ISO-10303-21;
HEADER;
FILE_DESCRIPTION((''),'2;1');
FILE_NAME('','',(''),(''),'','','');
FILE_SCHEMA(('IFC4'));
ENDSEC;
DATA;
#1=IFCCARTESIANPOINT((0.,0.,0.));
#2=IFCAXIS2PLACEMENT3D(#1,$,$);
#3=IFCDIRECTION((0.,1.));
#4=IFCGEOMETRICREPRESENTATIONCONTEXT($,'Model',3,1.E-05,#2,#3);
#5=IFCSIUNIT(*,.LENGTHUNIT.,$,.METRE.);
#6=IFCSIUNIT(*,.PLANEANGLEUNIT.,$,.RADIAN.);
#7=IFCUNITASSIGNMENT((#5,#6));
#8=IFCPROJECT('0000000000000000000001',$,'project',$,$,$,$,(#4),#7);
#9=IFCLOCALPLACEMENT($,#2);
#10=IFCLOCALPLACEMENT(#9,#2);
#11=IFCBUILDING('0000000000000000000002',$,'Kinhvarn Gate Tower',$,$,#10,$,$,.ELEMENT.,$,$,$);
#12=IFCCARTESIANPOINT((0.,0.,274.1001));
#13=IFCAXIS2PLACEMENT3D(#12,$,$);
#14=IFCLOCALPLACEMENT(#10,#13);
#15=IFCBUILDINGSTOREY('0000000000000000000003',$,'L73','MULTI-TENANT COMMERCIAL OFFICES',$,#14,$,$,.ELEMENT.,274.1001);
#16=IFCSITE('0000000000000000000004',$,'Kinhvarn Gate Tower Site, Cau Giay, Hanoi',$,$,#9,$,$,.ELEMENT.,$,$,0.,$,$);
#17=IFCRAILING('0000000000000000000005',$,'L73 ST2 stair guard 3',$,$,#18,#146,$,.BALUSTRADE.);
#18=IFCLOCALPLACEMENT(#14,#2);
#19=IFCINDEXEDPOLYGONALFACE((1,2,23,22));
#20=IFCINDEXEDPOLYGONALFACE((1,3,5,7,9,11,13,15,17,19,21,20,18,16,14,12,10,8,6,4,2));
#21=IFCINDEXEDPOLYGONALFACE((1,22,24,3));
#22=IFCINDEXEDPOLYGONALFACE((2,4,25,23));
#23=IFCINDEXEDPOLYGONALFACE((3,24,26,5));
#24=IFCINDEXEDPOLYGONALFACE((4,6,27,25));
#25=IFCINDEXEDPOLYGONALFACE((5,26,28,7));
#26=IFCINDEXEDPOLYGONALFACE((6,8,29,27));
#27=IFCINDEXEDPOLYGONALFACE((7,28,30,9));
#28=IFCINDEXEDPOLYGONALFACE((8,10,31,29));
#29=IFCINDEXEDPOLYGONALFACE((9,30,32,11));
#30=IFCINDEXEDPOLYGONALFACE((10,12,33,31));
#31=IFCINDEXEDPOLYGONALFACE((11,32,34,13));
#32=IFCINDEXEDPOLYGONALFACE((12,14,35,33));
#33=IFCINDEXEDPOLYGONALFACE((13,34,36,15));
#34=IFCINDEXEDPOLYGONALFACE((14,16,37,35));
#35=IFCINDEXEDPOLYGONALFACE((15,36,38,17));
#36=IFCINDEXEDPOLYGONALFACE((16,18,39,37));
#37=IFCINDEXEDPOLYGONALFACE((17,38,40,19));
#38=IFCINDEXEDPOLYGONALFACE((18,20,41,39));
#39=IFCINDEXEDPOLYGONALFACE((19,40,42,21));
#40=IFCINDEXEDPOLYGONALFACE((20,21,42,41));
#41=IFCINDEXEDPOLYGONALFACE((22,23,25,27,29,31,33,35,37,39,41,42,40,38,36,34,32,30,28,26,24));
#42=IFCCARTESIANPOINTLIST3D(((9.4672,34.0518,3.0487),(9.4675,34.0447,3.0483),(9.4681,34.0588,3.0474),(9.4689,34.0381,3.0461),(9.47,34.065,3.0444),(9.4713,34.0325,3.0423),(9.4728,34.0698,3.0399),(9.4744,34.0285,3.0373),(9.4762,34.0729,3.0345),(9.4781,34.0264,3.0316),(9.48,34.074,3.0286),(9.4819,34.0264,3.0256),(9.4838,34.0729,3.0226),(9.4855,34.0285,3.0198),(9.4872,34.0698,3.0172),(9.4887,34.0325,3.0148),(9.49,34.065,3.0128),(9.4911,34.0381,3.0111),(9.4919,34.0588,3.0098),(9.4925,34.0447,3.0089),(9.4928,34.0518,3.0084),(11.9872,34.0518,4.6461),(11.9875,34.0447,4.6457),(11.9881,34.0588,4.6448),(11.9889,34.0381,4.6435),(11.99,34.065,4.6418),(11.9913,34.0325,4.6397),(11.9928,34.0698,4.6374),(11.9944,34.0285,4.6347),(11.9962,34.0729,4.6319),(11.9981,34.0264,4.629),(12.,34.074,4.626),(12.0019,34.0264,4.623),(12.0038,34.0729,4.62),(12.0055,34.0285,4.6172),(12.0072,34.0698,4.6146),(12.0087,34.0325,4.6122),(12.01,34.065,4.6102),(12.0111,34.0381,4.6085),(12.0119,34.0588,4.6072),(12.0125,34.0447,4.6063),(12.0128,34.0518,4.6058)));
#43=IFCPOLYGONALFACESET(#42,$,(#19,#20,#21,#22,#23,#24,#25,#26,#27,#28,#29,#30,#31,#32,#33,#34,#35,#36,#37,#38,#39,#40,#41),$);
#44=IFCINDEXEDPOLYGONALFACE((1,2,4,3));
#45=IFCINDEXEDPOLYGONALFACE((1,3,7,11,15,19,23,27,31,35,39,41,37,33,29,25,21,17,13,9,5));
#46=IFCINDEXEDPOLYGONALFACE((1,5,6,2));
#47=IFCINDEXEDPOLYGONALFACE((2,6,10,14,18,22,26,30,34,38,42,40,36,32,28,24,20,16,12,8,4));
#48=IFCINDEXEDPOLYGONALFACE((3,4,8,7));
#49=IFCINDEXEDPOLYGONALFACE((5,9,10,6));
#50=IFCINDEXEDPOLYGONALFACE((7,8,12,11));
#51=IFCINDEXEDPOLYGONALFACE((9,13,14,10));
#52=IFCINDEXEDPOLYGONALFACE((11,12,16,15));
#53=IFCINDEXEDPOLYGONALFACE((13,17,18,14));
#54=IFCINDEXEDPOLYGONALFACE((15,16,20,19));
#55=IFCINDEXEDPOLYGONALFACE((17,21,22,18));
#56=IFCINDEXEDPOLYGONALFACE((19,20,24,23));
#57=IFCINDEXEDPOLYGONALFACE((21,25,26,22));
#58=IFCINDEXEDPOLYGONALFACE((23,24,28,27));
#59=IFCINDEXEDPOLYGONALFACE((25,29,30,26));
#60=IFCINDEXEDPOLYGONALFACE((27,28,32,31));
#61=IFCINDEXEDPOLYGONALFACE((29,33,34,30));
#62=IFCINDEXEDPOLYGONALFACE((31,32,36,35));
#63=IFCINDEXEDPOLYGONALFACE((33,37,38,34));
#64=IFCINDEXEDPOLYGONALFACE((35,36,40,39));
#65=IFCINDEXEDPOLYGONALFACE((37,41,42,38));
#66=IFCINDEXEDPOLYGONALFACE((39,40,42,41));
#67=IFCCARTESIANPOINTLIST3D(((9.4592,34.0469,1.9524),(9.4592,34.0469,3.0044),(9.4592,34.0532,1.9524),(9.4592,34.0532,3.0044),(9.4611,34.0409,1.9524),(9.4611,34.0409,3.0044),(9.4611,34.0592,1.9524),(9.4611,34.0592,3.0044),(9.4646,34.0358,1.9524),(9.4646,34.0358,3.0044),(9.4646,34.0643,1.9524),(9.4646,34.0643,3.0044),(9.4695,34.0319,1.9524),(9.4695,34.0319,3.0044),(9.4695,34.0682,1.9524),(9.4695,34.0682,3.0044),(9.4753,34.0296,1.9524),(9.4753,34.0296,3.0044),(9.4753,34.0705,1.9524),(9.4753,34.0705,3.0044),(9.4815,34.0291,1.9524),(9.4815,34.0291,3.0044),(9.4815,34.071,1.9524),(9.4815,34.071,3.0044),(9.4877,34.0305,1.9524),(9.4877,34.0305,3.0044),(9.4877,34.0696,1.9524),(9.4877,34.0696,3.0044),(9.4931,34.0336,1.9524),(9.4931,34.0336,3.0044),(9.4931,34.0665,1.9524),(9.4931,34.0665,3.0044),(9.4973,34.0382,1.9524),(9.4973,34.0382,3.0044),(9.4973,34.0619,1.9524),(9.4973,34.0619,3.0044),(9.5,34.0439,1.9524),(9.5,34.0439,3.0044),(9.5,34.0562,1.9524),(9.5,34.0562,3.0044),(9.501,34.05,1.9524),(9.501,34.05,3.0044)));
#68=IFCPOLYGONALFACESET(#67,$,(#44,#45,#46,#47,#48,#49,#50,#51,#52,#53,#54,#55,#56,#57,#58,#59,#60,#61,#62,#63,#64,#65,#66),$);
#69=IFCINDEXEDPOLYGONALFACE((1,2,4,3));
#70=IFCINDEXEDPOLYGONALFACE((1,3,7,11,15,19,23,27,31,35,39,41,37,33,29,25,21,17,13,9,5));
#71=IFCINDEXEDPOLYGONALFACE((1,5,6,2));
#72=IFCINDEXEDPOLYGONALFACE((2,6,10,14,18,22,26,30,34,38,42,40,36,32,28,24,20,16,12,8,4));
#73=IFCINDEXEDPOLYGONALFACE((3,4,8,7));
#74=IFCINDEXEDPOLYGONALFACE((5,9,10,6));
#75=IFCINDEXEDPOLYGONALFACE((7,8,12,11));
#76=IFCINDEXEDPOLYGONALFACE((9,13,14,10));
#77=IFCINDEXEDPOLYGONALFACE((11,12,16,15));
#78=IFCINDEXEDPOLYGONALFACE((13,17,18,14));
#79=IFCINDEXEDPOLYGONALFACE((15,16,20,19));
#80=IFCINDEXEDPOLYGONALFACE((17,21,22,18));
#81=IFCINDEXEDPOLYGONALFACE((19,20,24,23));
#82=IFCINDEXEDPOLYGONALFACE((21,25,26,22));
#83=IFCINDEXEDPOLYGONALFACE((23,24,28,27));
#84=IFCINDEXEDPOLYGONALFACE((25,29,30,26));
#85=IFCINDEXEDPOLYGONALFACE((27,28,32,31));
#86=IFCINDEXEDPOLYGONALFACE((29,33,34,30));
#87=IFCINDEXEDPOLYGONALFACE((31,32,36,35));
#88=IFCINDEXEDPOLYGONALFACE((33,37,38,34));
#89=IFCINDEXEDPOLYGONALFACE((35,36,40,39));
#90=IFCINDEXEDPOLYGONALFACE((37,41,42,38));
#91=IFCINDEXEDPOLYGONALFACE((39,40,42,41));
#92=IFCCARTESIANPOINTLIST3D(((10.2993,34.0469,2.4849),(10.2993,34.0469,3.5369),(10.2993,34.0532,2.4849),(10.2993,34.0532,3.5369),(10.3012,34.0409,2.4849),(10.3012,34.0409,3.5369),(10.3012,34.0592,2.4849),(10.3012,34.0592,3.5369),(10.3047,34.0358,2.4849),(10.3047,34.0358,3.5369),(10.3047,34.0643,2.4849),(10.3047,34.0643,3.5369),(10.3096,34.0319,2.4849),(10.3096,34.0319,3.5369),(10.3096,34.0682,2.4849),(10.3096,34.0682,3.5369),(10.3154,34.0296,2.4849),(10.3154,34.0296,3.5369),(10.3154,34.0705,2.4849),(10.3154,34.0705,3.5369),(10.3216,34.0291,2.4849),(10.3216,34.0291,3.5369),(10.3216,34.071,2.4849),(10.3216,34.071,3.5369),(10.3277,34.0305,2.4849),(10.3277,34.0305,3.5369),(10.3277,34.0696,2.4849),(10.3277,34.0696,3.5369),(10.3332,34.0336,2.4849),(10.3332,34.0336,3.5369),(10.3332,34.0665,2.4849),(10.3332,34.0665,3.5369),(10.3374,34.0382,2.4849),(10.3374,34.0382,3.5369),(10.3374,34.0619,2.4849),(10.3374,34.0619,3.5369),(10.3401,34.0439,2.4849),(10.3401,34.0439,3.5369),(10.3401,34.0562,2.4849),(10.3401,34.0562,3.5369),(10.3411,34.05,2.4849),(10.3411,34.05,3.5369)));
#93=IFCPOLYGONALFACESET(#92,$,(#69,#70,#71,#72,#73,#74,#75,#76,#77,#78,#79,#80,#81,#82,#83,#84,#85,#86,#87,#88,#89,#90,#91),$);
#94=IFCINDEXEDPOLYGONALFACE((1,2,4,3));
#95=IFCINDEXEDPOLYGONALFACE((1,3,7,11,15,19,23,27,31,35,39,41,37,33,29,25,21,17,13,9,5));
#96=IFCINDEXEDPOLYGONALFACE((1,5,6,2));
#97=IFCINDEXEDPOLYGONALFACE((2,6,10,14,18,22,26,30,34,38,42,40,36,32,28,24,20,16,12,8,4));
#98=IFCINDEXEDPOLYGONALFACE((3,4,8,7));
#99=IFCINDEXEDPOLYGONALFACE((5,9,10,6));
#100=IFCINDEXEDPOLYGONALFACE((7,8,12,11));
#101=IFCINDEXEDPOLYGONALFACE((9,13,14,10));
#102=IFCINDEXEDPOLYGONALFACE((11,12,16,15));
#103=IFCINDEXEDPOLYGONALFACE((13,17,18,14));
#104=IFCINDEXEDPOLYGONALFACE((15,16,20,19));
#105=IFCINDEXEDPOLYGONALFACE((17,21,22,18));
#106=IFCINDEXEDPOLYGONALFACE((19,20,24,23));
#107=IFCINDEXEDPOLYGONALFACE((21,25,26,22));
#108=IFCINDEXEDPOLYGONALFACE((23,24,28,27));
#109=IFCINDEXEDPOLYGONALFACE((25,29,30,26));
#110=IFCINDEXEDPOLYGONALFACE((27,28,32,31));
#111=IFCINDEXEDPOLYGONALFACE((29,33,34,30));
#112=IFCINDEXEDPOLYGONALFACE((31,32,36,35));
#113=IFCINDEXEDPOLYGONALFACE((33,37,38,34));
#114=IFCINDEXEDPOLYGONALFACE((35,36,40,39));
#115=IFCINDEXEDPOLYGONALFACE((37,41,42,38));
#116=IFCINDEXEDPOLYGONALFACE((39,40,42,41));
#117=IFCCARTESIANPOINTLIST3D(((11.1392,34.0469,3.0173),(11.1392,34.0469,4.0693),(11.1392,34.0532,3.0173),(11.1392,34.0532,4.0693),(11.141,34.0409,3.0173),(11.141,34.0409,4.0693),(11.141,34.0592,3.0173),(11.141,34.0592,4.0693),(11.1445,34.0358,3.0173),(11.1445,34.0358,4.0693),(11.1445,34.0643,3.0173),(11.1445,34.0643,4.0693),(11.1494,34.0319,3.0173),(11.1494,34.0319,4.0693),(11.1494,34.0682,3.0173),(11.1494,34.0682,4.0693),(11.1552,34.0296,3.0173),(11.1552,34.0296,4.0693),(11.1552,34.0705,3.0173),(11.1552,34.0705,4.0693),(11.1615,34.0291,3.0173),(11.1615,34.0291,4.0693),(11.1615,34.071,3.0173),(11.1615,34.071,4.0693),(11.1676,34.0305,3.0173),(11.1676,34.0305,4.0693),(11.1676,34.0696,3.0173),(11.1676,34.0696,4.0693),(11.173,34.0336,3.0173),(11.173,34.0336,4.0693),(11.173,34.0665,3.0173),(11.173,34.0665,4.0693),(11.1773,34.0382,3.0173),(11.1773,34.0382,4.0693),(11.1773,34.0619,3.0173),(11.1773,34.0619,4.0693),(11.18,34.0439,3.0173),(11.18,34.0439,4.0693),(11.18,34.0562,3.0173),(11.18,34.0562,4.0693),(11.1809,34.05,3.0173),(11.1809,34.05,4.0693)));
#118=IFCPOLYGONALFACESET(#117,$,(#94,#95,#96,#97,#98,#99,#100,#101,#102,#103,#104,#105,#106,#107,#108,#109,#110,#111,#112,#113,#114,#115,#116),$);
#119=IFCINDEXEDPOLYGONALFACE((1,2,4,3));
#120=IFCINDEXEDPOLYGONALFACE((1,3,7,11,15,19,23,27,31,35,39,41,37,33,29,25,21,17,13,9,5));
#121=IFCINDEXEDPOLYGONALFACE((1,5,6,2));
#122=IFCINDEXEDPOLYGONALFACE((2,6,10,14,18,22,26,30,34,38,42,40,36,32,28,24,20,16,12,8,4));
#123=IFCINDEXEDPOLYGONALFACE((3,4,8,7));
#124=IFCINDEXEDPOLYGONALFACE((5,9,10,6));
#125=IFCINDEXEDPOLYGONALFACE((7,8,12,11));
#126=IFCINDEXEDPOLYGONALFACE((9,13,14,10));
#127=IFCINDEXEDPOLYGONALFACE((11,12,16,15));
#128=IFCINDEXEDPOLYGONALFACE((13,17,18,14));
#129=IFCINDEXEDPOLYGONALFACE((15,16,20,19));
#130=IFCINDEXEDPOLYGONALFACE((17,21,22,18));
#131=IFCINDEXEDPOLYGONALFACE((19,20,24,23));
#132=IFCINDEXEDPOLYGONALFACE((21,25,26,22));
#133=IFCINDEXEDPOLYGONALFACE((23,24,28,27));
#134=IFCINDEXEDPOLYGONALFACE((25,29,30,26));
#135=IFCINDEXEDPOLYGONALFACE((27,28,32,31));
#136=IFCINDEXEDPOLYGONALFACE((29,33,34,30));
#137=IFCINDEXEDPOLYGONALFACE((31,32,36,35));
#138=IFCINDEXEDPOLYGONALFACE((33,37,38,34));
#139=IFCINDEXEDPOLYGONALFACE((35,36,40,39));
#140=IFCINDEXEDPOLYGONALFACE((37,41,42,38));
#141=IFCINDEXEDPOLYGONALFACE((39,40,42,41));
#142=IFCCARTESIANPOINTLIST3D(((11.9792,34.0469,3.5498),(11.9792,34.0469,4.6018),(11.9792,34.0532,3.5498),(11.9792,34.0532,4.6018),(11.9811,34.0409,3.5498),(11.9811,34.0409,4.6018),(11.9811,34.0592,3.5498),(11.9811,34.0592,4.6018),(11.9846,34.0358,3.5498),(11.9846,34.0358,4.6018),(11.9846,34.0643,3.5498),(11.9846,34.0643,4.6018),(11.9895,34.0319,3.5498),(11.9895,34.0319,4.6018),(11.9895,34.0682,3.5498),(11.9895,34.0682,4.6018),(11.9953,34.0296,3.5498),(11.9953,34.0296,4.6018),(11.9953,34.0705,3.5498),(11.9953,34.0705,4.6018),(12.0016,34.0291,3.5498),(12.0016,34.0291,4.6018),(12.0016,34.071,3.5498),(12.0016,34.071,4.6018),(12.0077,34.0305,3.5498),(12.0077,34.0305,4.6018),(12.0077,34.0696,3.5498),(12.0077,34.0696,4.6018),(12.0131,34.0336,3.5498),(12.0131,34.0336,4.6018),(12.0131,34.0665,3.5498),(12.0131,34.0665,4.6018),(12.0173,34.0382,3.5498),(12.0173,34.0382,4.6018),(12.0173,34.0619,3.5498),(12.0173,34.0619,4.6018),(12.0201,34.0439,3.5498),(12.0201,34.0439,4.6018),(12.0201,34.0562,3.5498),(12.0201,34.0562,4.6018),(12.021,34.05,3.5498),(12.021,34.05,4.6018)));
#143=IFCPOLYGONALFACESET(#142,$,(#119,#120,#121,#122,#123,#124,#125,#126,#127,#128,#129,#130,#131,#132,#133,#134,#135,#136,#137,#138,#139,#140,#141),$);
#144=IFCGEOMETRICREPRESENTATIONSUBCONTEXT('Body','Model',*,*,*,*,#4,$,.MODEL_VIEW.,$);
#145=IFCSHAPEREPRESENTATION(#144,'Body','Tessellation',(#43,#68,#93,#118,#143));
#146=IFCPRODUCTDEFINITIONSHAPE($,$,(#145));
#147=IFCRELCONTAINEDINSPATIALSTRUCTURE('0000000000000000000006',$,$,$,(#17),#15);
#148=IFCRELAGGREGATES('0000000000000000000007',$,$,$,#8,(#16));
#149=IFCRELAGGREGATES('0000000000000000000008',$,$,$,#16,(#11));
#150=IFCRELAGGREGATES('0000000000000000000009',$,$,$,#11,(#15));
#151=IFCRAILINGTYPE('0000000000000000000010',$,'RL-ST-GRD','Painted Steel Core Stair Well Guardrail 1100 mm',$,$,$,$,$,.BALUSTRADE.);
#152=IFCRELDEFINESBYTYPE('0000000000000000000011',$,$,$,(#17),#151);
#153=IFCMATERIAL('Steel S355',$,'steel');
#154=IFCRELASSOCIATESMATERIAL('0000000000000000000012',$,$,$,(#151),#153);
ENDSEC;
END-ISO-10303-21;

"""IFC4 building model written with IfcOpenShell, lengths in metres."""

from ifc_helpers import new_model, si_unit, direction, frame, origin, origin_2d, place, context, subcontext, project, spatial, circle, extrude, material, type_object, element, save


model = new_model("IFC4")

# Units and contexts
model_context = context("Model", 3, precision=1e-05, world=origin(), true_north=direction((0.0, 1.0)))
body_context = subcontext(model_context, "Body", "Model", "MODEL_VIEW")
ifc_project = project(units=[si_unit("LENGTHUNIT", "METRE"), si_unit("PLANEANGLEUNIT", "RADIAN")], contexts=[model_context])

# Site, building, storey
site_placement = place(None, origin())
site = spatial("IfcSite", under=ifc_project, at=site_placement, Name="Kinhvarn Gate Tower Site, Cau Giay, Hanoi", CompositionType="ELEMENT", RefElevation=0.0)
building_placement = place(site_placement, origin())
building = spatial("IfcBuilding", under=site, at=building_placement, Name="Kinhvarn Gate Tower", CompositionType="ELEMENT")
storey_placement = place(building_placement, frame((0.0, 0.0, 274.1001)))
storey = spatial("IfcBuildingStorey", under=building, at=storey_placement, Name="L73", Description="MULTI-TENANT COMMERCIAL OFFICES", CompositionType="ELEMENT", Elevation=274.1001)

# Railing
ifc_material_1 = material(Name="Steel S355", Category="steel")
railing_type_1 = type_object("IfcRailingType", Name="RL-ST-GRD", Description="Painted Steel Core Stair Well Guardrail 1100 mm", PredefinedType="BALUSTRADE", material=ifc_material_1)
railing_1_placement = place(storey_placement, frame((9.48, 34.05, 1.9524)))
element("IfcRailing", 1, at=railing_1_placement, inside=storey, type_object=railing_type_1, Name="L73 ST2 stair guard 3", PredefinedType="BALUSTRADE", context=body_context, shape_type="SweptSolid", body=[
    extrude(circle(Radius=0.0239, at=origin_2d()), frame((0.0, 0.0, 1.0762), z_axis=(0.844607, 0.0, 0.535387), x_axis=(0.0, 1.0, 0.0)), (0.0, 0.0, 1.0), 2.9836),
    extrude(circle(Radius=0.021, at=origin_2d()), origin(), (0.0, 0.0, 1.0), 1.052),
    extrude(circle(Radius=0.021, at=origin_2d()), frame((0.8401, 0.0, 0.5325)), (0.0, 0.0, 1.0), 1.052),
    extrude(circle(Radius=0.021, at=origin_2d()), frame((1.6799, 0.0, 1.0649)), (0.0, 0.0, 1.0), 1.052),
    extrude(circle(Radius=0.021, at=origin_2d()), frame((2.52, 0.0, 1.5974)), (0.0, 0.0, 1.0), 1.052),
])

save(model, "model.ifc")
